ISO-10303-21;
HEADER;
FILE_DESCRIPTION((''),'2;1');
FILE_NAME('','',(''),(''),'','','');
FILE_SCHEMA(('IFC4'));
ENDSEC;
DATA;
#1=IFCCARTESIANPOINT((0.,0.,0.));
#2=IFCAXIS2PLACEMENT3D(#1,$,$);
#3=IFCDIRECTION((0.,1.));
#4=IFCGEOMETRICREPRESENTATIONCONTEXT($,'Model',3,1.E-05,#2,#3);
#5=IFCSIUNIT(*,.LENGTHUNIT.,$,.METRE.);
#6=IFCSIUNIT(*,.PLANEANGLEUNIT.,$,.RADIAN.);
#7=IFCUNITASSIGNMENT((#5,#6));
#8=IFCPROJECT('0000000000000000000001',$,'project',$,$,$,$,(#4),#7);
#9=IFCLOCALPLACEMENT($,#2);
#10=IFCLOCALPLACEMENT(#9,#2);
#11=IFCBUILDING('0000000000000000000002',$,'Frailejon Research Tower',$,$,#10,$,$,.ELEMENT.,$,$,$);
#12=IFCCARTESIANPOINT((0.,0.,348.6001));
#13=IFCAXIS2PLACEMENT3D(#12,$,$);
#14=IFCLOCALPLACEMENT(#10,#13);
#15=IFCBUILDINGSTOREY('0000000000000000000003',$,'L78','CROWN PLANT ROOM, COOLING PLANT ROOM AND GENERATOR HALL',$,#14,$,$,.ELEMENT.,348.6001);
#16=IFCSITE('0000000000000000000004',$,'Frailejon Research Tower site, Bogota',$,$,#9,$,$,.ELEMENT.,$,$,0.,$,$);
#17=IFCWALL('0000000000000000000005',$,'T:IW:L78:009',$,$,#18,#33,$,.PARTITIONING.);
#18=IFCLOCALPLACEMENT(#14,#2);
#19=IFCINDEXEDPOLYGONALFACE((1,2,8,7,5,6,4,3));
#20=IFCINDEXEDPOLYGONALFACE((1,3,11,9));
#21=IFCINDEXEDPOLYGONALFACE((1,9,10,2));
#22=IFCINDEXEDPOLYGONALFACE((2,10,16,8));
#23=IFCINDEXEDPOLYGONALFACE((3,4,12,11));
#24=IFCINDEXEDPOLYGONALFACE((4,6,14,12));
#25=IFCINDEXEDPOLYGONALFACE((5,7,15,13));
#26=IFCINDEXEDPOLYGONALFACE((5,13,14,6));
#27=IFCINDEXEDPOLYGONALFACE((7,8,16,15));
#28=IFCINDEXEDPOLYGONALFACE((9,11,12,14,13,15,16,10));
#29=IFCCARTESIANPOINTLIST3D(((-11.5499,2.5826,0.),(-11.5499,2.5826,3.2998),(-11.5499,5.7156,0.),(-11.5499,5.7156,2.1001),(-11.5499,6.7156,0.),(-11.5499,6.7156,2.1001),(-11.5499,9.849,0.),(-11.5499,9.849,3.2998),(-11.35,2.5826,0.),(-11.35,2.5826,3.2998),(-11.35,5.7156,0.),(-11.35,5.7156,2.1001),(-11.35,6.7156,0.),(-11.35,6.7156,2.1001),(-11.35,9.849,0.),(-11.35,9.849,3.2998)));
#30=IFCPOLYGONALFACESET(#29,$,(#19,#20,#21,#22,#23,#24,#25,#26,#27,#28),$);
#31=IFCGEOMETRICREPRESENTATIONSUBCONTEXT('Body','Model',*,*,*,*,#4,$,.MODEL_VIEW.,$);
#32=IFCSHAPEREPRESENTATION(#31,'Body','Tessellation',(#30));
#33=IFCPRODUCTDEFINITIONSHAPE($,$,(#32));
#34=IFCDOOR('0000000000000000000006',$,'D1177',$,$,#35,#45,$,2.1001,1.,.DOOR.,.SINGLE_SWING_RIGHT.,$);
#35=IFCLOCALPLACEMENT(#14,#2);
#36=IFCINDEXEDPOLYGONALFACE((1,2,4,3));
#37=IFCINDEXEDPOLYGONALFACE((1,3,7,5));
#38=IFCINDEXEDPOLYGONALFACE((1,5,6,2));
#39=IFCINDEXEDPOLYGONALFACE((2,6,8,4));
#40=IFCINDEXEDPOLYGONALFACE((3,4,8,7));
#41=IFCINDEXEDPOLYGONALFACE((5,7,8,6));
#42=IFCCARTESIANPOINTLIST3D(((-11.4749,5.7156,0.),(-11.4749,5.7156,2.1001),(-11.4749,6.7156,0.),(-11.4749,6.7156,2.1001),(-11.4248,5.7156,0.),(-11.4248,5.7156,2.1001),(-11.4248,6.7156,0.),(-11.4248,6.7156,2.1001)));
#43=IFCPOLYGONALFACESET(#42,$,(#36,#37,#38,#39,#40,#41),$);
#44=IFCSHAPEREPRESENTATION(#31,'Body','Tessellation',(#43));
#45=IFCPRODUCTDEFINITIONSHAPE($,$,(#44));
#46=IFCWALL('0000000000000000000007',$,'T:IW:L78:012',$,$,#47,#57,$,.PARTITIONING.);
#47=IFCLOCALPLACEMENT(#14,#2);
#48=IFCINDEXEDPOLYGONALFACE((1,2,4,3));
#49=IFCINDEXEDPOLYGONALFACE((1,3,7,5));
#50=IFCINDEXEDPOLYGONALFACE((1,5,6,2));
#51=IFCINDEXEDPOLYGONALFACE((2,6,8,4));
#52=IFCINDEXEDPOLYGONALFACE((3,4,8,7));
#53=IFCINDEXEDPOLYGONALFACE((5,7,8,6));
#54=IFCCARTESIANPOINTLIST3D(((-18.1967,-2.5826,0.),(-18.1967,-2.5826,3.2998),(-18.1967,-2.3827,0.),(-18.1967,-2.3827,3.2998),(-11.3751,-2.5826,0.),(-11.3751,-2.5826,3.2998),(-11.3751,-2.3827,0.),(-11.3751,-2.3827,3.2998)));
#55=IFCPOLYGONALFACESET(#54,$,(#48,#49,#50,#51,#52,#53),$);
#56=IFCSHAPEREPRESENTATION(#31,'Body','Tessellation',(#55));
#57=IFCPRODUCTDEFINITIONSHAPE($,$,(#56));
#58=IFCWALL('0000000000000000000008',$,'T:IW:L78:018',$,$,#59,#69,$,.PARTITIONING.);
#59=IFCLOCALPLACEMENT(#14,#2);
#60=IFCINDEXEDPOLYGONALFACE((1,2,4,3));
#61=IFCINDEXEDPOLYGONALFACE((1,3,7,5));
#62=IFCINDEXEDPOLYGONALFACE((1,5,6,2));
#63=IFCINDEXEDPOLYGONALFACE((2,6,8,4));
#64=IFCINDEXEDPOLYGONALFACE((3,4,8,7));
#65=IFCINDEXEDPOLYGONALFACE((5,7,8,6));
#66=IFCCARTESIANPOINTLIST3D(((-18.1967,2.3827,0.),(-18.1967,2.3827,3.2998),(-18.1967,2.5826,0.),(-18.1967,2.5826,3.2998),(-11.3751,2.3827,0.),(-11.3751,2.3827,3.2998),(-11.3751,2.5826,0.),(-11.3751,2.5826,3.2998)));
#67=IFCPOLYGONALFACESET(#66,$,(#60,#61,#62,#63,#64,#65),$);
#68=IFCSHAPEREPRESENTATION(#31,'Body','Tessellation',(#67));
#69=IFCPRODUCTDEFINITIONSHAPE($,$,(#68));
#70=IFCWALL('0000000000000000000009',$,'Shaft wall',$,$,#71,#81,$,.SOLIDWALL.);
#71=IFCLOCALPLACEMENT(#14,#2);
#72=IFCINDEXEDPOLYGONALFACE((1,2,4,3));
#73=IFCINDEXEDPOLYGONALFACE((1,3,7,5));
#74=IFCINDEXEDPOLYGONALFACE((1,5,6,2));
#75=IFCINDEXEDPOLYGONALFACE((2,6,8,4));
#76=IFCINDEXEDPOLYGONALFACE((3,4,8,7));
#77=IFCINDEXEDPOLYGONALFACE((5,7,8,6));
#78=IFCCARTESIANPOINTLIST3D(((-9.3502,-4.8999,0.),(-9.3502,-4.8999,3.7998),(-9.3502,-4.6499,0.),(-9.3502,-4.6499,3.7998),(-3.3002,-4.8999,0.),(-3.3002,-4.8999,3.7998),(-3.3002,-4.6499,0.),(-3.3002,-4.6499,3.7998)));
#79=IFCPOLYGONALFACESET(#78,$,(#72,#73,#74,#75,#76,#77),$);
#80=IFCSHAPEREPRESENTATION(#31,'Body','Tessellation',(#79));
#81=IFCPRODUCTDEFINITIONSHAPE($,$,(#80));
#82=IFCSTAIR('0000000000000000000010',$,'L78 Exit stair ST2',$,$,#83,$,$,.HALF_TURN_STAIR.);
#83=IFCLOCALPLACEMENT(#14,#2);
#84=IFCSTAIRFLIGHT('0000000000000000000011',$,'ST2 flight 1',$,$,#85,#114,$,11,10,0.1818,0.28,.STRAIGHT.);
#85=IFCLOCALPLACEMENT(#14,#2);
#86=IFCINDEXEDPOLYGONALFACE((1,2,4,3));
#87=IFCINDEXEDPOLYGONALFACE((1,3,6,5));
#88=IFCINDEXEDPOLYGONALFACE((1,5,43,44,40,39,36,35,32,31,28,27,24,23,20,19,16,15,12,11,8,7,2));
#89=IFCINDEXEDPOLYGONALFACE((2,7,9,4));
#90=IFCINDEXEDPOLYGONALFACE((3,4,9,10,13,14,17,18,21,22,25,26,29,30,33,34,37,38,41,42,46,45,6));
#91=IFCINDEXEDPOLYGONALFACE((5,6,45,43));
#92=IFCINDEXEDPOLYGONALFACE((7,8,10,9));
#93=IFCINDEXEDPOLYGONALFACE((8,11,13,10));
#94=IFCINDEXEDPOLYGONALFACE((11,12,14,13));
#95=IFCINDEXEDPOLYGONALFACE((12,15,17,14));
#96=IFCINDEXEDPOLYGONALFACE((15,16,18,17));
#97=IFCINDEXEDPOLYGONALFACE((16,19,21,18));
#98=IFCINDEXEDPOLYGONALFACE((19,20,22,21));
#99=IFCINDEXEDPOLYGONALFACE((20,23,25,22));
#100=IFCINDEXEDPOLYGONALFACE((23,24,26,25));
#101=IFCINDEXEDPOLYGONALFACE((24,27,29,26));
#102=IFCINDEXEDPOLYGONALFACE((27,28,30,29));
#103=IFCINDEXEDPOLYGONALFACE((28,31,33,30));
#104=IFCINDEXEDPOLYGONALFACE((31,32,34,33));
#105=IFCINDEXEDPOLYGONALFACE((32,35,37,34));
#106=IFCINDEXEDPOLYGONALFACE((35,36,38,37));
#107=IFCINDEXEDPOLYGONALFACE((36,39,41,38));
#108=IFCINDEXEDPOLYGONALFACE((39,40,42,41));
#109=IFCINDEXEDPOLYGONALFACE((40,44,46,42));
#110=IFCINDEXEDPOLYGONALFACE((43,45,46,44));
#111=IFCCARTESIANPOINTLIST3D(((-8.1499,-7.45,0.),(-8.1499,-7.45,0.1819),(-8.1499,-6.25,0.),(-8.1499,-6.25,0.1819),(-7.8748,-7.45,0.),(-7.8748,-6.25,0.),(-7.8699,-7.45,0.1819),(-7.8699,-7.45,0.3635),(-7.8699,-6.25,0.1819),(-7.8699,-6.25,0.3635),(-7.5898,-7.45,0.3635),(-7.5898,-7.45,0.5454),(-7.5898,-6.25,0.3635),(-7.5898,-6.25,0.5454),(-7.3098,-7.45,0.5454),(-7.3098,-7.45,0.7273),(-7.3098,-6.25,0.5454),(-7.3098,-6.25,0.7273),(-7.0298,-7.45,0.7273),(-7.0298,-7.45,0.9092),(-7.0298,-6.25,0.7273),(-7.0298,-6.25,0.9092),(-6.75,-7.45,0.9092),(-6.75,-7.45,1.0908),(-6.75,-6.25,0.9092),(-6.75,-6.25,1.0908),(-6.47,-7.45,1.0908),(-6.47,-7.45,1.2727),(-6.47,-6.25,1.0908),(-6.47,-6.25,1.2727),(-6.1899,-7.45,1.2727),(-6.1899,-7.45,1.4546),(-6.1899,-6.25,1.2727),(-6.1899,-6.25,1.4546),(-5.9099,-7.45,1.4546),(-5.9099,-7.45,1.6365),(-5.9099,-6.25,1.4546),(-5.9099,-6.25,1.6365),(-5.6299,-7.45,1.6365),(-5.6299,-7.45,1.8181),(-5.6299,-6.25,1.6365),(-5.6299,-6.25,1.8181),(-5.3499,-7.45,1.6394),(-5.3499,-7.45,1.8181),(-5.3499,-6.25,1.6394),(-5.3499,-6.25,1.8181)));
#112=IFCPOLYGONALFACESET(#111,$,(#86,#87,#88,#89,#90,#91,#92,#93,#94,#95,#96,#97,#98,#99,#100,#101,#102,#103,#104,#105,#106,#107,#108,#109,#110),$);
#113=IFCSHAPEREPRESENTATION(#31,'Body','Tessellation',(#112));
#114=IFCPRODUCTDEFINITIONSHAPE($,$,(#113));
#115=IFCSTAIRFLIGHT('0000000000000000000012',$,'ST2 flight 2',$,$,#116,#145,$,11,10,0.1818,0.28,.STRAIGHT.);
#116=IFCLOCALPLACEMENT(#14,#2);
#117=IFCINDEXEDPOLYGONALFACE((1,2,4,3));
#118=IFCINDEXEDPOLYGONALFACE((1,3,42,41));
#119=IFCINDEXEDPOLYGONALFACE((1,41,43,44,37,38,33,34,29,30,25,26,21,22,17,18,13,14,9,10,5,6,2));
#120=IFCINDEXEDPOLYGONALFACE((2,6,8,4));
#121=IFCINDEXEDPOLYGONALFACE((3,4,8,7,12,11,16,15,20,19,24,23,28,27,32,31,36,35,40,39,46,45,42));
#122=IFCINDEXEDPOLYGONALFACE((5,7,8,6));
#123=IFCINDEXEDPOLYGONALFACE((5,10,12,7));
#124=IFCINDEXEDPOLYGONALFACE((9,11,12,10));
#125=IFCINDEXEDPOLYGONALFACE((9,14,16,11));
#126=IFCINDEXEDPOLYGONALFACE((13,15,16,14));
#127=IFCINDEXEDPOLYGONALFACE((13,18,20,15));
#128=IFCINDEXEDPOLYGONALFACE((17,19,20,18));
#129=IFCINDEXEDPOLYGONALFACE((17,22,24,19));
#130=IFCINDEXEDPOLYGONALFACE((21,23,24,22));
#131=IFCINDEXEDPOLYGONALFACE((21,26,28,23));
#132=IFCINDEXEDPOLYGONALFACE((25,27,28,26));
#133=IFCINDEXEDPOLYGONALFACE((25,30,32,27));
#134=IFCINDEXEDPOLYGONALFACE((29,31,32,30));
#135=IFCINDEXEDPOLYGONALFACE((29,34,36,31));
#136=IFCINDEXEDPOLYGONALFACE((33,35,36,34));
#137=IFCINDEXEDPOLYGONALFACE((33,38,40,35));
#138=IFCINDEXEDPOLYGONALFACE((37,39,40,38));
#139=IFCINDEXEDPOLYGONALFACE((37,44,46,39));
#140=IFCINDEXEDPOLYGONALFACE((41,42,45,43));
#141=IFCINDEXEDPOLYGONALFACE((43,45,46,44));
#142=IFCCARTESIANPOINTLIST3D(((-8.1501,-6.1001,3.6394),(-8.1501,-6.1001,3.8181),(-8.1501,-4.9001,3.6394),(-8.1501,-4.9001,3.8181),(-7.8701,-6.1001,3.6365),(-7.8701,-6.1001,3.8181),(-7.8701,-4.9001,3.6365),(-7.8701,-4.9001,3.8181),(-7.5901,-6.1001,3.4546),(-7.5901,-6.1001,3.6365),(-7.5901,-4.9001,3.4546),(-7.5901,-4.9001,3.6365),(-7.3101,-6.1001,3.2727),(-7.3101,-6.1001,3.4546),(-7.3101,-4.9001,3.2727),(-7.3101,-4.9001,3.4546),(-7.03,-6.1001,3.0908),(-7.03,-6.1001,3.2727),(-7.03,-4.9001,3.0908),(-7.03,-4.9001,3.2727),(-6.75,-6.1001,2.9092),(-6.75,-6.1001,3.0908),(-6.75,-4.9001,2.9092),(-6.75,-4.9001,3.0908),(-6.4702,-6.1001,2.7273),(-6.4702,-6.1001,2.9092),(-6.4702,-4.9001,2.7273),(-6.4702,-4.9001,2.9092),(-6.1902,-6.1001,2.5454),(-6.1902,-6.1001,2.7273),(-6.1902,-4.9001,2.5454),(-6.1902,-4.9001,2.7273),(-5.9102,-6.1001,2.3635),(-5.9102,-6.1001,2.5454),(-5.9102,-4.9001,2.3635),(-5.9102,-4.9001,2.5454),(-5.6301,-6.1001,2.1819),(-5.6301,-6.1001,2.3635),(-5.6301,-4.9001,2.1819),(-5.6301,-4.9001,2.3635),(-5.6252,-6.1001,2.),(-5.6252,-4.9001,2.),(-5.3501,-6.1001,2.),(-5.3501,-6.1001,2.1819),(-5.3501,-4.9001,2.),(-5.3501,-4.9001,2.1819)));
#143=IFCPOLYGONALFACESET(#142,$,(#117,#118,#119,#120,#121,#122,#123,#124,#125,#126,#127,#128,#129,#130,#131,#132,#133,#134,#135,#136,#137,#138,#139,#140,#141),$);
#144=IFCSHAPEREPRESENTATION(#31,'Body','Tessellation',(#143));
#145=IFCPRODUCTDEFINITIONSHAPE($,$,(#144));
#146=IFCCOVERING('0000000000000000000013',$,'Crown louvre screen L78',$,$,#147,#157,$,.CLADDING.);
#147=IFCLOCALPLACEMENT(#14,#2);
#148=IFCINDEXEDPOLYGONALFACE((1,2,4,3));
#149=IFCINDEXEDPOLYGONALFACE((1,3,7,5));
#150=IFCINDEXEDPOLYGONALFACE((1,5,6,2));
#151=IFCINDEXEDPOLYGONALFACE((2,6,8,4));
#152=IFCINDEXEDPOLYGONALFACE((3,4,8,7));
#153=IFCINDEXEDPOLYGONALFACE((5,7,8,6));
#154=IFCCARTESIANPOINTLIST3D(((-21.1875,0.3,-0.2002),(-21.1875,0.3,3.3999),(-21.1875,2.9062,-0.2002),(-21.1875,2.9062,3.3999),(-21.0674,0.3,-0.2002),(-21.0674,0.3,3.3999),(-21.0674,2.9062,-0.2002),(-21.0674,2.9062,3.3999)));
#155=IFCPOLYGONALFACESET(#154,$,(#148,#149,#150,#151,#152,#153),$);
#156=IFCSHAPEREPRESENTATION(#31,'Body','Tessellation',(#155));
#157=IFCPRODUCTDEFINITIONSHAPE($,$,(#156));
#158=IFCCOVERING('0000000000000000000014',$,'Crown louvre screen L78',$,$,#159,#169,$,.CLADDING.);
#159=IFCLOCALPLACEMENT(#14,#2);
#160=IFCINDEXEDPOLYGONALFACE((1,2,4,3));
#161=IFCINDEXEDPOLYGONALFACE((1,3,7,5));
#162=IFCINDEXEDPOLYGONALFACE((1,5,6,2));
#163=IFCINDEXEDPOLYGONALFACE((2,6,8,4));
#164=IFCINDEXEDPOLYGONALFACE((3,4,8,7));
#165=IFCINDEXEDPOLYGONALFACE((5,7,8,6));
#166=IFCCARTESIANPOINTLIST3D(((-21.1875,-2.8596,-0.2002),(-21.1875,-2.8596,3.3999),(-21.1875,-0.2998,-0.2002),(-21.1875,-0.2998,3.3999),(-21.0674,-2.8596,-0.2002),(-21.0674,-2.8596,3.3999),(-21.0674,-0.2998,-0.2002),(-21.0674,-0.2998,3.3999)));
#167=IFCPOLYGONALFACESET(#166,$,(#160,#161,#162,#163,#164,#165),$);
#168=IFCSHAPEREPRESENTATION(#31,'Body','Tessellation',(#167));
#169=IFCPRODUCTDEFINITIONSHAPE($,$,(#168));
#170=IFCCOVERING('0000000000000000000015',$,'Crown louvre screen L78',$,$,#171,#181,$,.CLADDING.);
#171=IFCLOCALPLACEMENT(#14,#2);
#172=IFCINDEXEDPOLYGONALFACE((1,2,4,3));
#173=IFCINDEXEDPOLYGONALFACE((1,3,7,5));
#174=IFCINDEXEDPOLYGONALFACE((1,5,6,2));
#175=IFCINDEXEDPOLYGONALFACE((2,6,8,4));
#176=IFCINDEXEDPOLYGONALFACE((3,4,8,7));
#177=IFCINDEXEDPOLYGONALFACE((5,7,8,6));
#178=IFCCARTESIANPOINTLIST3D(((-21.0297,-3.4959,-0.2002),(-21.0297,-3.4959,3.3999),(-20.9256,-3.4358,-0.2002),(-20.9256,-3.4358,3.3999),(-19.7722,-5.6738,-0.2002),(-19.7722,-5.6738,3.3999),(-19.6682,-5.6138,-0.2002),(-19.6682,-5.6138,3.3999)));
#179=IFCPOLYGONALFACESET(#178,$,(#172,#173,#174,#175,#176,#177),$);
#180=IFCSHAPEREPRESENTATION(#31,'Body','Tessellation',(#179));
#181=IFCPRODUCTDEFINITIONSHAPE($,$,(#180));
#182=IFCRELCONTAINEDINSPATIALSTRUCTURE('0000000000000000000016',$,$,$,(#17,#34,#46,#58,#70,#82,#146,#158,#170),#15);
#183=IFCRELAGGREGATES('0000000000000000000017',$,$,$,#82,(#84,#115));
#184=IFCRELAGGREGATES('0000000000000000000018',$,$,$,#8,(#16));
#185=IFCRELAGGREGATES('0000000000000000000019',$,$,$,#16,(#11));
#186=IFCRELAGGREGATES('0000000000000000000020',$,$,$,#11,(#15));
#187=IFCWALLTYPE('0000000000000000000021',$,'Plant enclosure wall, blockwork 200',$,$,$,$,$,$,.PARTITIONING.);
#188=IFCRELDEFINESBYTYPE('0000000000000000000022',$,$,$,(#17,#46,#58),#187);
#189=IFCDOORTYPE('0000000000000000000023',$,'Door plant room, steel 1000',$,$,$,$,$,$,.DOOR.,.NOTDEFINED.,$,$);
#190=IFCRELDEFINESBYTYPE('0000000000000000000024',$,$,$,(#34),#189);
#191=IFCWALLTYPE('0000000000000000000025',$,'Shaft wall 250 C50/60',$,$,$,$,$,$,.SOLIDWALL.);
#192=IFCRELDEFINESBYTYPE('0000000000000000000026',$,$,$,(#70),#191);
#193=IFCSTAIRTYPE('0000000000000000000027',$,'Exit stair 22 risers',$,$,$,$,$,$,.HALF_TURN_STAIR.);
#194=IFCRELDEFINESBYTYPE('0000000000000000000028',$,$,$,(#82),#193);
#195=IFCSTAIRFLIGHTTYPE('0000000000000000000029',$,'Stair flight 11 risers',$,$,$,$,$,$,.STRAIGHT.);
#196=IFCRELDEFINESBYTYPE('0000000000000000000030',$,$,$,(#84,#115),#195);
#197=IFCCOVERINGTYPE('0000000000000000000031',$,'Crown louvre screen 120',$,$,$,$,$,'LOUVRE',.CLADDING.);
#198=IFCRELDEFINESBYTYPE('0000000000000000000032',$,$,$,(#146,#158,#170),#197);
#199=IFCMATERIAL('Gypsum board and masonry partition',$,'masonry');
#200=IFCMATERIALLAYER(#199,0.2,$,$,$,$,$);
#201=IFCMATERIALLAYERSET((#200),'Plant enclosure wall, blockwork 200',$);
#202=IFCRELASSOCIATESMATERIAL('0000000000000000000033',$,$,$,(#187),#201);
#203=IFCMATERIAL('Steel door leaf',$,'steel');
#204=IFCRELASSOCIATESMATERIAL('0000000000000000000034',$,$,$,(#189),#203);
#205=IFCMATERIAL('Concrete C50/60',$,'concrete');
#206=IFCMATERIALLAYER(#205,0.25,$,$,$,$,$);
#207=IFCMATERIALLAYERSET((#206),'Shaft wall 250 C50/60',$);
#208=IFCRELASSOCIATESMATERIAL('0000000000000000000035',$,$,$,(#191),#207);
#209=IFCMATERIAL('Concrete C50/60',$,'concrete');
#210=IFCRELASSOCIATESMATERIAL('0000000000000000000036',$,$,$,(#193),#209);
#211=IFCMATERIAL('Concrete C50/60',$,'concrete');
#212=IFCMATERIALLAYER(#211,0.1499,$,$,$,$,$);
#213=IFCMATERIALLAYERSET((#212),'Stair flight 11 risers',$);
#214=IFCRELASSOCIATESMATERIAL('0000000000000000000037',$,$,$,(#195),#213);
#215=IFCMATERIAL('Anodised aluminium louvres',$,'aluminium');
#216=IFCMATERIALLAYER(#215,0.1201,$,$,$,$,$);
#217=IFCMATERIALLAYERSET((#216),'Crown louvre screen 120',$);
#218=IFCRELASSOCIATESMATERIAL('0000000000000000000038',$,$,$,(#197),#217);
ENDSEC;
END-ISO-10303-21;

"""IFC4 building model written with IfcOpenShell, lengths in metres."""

from ifc_helpers import new_model, si_unit, direction, frame, frame_2d, origin, place, context, subcontext, project, spatial, polyline, rectangle, outline, extrude, material, layer, layer_set, type_object, element, fill, aggregate, save


model = new_model("IFC4")

# Units and contexts
model_context = context("Model", 3, precision=1e-05, world=origin(), true_north=direction((0.0, 1.0)))
body_context = subcontext(model_context, "Body", "Model", "MODEL_VIEW")
ifc_project = project(units=[si_unit("LENGTHUNIT", "METRE"), si_unit("PLANEANGLEUNIT", "RADIAN")], contexts=[model_context])

# Site, building, storey
site_placement = place(None, origin())
site = spatial("IfcSite", under=ifc_project, at=site_placement, Name="Frailejon Research Tower site, Bogota", CompositionType="ELEMENT", RefElevation=0.0)
building_placement = place(site_placement, origin())
building = spatial("IfcBuilding", under=site, at=building_placement, Name="Frailejon Research Tower", CompositionType="ELEMENT")
storey_placement = place(building_placement, frame((0.0, 0.0, 348.6001)))
storey = spatial("IfcBuildingStorey", under=building, at=storey_placement, Name="L78", Description="CROWN PLANT ROOM, COOLING PLANT ROOM AND GENERATOR HALL", CompositionType="ELEMENT", Elevation=348.6001)

# Wall, opening, door
ifc_material_1 = material(Name="Gypsum board and masonry partition", Category="masonry")
ifc_layer_1 = layer(ifc_material_1, 0.2)
ifc_layer_set_1 = layer_set([ifc_layer_1], Name="Plant enclosure wall, blockwork 200")
wall_type_1 = type_object("IfcWallType", Name="Plant enclosure wall, blockwork 200", PredefinedType="PARTITIONING", material=ifc_layer_set_1)
wall_1_placement = place(storey_placement, frame((-11.45, 2.5825, 0.0), z_axis=(0.0, 0.0, 1.0), x_axis=(0.0, 1.0, 0.0)))
wall_1 = element("IfcWall", 1, at=wall_1_placement, inside=storey, type_object=wall_type_1, Name="T:IW:L78:009", PredefinedType="PARTITIONING", context=body_context, shape_type="SweptSolid", body=[
    extrude(rectangle(XDim=7.2664, YDim=0.2, at=frame_2d((3.6333, 0.0))), origin(), (0.0, 0.0, 1.0), 3.2998),
])
opening_1_placement = place(wall_1_placement, frame((3.1331, 0.0, 0.0)))
opening_1 = element("IfcOpeningElement", 2, at=opening_1_placement, cuts=wall_1, PredefinedType="OPENING", context=body_context, shape_type="SweptSolid", body=[
    extrude(rectangle(XDim=1.0, YDim=2.1001, at=frame_2d((0.5, 1.05))), frame((0.0, 0.1099, 0.0), z_axis=(0.0, -1.0, 0.0), x_axis=(1.0, 0.0, 0.0)), (0.0, 0.0, 1.0), 0.22),
])
ifc_material_2 = material(Name="Steel door leaf", Category="steel")
door_type_1 = type_object("IfcDoorType", Name="Door plant room, steel 1000", OperationType="NOTDEFINED", PredefinedType="DOOR", material=ifc_material_2)
door_1_placement = place(opening_1_placement, origin())
door_1 = element("IfcDoor", 3, at=door_1_placement, inside=storey, type_object=door_type_1, Name="D1177", OperationType="SINGLE_SWING_RIGHT", OverallHeight=2.1001, OverallWidth=1.0, PredefinedType="DOOR", context=body_context, shape_type="SweptSolid", body=[
    extrude(rectangle(XDim=1.0, YDim=2.1001, at=frame_2d((0.5, 1.05))), frame((0.0, 0.0249, 0.0), z_axis=(0.0, -1.0, 0.0), x_axis=(1.0, 0.0, 0.0)), (0.0, 0.0, 1.0), 0.05),
])
fill(opening_1, door_1)

# Walls
for number, where, z_axis, x_axis, name in (
    (4, (-18.1965, -2.4827, 0.0), (0.0, 0.0, 1.0), (1.0, 0.0, 0.0), "T:IW:L78:012"),
    (5, (-18.1965, 2.4827, 0.0), (0.0, 0.0, 1.0), (1.0, 0.0, 0.0), "T:IW:L78:018"),
):
    element("IfcWall", number, at=place(storey_placement, frame(where, z_axis=z_axis, x_axis=x_axis)), inside=storey, type_object=wall_type_1, Name=name, PredefinedType="PARTITIONING", context=body_context, shape_type="SweptSolid", body=[
        extrude(rectangle(XDim=6.8215, YDim=0.2, at=frame_2d((3.4106, 0.0))), origin(), (0.0, 0.0, 1.0), 3.2998),
    ])
ifc_material_3 = material(Name="Concrete C50/60", Category="concrete")
ifc_layer_2 = layer(ifc_material_3, 0.25)
ifc_layer_set_2 = layer_set([ifc_layer_2], Name="Shaft wall 250 C50/60")
wall_type_2 = type_object("IfcWallType", Name="Shaft wall 250 C50/60", PredefinedType="SOLIDWALL", material=ifc_layer_set_2)
wall_2_placement = place(storey_placement, frame((-9.3501, -4.7749, 0.0), z_axis=(0.0, 0.0, 1.0), x_axis=(1.0, 0.0, 0.0)))
element("IfcWall", 6, at=wall_2_placement, inside=storey, type_object=wall_type_2, Name="Shaft wall", PredefinedType="SOLIDWALL", context=body_context, shape_type="SweptSolid", body=[
    extrude(rectangle(XDim=6.05, YDim=0.25, at=frame_2d((3.0249, 0.0))), origin(), (0.0, 0.0, 1.0), 3.7998),
])

# Stair, stair flights
ifc_material_4 = material(Name="Concrete C50/60", Category="concrete")
stair_type = type_object("IfcStairType", Name="Exit stair 22 risers", PredefinedType="HALF_TURN_STAIR", material=ifc_material_4)
stair_placement = place(storey_placement, origin())
stair = element("IfcStair", 7, at=stair_placement, inside=storey, type_object=stair_type, Name="L78 Exit stair ST2", PredefinedType="HALF_TURN_STAIR")
ifc_material_5 = material(Name="Concrete C50/60", Category="concrete")
ifc_layer_3 = layer(ifc_material_5, 0.1499)
ifc_layer_set_3 = layer_set([ifc_layer_3], Name="Stair flight 11 risers")
stair_flight_type = type_object("IfcStairFlightType", Name="Stair flight 11 risers", PredefinedType="STRAIGHT", material=ifc_layer_set_3)
stair_flight_1_placement = place(storey_placement, frame((-8.1499, -6.8501, 0.0), z_axis=(0.0, 0.0, 1.0), x_axis=(1.0, 0.0, 0.0)))
stair_flight_1 = element("IfcStairFlight", 8, at=stair_flight_1_placement, type_object=stair_flight_type, Name="ST2 flight 1", NumberOfRisers=11, NumberOfTreads=10, PredefinedType="STRAIGHT", RiserHeight=0.1818, TreadLength=0.28, context=body_context, shape_type="SweptSolid", body=[
    extrude(outline(polyline([(0.0, 0.0), (0.0, 0.1819), (0.28, 0.1819), (0.28, 0.3635), (0.5601, 0.3635), (0.5601, 0.5454), (0.8401, 0.5454), (0.8401, 0.7273), (1.1201, 0.7273), (1.1201, 0.9092), (1.3999, 0.9092), (1.3999, 1.0908), (1.6799, 1.0908), (1.6799, 1.2727), (1.96, 1.2727), (1.96, 1.4546), (2.24, 1.4546), (2.24, 1.6365), (2.52, 1.6365), (2.52, 1.8181), (2.8, 1.8181), (2.8, 2.0), (2.8, 1.6394), (0.2751, 0.0), (0.0, 0.0)])), frame((0.0, 0.6001, 0.0), z_axis=(0.0, -1.0, 0.0), x_axis=(1.0, 0.0, 0.0)), (0.0, 0.0, 1.0), 1.2),
])
stair_flight_2_placement = place(storey_placement, frame((-5.3501, -5.5, 2.0), z_axis=(0.0, 0.0, 1.0), x_axis=(-1.0, 0.0, 0.0)))
stair_flight_2 = element("IfcStairFlight", 9, at=stair_flight_2_placement, type_object=stair_flight_type, Name="ST2 flight 2", NumberOfRisers=11, NumberOfTreads=10, PredefinedType="STRAIGHT", RiserHeight=0.1818, TreadLength=0.28, context=body_context, shape_type="SweptSolid", body=[
    extrude(outline(polyline([(0.0, 0.0), (0.0, 0.1819), (0.28, 0.1819), (0.28, 0.3635), (0.5601, 0.3635), (0.5601, 0.5454), (0.8401, 0.5454), (0.8401, 0.7273), (1.1201, 0.7273), (1.1201, 0.9092), (1.3999, 0.9092), (1.3999, 1.0908), (1.6799, 1.0908), (1.6799, 1.2727), (1.96, 1.2727), (1.96, 1.4546), (2.24, 1.4546), (2.24, 1.6365), (2.52, 1.6365), (2.52, 1.8181), (2.8, 1.8181), (2.8, 2.0), (2.8, 1.6394), (0.2751, 0.0), (0.0, 0.0)])), frame((0.0, 0.6001, 0.0), z_axis=(0.0, -1.0, 0.0), x_axis=(1.0, 0.0, 0.0)), (0.0, 0.0, 1.0), 1.2),
])
aggregate(stair, [stair_flight_1, stair_flight_2])

# Coverings
ifc_material_6 = material(Name="Anodised aluminium louvres", Category="aluminium")
ifc_layer_4 = layer(ifc_material_6, 0.1201)
ifc_layer_set_4 = layer_set([ifc_layer_4], Name="Crown louvre screen 120")
covering_type = type_object("IfcCoveringType", Name="Crown louvre screen 120", ElementType="LOUVRE", PredefinedType="CLADDING", material=ifc_layer_set_4)
covering_1_placement = place(storey_placement, frame((-21.1274, 0.3, -0.2002), z_axis=(0.0, 1.0, 0.0), x_axis=(-1.0, 0.0, 0.0)))
element("IfcCovering", 10, at=covering_1_placement, inside=storey, type_object=covering_type, Name="Crown louvre screen L78", PredefinedType="CLADDING", context=body_context, shape_type="SweptSolid", body=[
    extrude(outline(polyline([(-0.0601, 0.0), (0.0601, 0.0), (0.0601, 3.6001), (-0.0601, 3.6001), (-0.0601, 0.0)])), origin(), (0.0, 0.0, 1.0), 2.6062),
])
covering_2_placement = place(storey_placement, frame((-21.1274, -2.8596, -0.2002), z_axis=(0.0, 1.0, 0.0), x_axis=(-1.0, 0.0, 0.0)))
element("IfcCovering", 11, at=covering_2_placement, inside=storey, type_object=covering_type, Name="Crown louvre screen L78", PredefinedType="CLADDING", context=body_context, shape_type="SweptSolid", body=[
    extrude(outline(polyline([(-0.0601, 0.0), (0.0601, 0.0), (0.0601, 3.6001), (-0.0601, 3.6001), (-0.0601, 0.0)])), origin(), (0.0, 0.0, 1.0), 2.5598),
])
covering_3_placement = place(storey_placement, frame((-19.7202, -5.6438, -0.2002), z_axis=(-0.499997, 0.866027, 0.0), x_axis=(-0.866027, -0.499997, 0.0)))
element("IfcCovering", 12, at=covering_3_placement, inside=storey, type_object=covering_type, Name="Crown louvre screen L78", PredefinedType="CLADDING", context=body_context, shape_type="SweptSolid", body=[
    extrude(outline(polyline([(-0.0601, 0.0), (0.0601, 0.0), (0.0601, 3.6001), (-0.0601, 3.6001), (-0.0601, 0.0)])), origin(), (0.0, 0.0, 1.0), 2.5149),
])

save(model, "model.ifc")
